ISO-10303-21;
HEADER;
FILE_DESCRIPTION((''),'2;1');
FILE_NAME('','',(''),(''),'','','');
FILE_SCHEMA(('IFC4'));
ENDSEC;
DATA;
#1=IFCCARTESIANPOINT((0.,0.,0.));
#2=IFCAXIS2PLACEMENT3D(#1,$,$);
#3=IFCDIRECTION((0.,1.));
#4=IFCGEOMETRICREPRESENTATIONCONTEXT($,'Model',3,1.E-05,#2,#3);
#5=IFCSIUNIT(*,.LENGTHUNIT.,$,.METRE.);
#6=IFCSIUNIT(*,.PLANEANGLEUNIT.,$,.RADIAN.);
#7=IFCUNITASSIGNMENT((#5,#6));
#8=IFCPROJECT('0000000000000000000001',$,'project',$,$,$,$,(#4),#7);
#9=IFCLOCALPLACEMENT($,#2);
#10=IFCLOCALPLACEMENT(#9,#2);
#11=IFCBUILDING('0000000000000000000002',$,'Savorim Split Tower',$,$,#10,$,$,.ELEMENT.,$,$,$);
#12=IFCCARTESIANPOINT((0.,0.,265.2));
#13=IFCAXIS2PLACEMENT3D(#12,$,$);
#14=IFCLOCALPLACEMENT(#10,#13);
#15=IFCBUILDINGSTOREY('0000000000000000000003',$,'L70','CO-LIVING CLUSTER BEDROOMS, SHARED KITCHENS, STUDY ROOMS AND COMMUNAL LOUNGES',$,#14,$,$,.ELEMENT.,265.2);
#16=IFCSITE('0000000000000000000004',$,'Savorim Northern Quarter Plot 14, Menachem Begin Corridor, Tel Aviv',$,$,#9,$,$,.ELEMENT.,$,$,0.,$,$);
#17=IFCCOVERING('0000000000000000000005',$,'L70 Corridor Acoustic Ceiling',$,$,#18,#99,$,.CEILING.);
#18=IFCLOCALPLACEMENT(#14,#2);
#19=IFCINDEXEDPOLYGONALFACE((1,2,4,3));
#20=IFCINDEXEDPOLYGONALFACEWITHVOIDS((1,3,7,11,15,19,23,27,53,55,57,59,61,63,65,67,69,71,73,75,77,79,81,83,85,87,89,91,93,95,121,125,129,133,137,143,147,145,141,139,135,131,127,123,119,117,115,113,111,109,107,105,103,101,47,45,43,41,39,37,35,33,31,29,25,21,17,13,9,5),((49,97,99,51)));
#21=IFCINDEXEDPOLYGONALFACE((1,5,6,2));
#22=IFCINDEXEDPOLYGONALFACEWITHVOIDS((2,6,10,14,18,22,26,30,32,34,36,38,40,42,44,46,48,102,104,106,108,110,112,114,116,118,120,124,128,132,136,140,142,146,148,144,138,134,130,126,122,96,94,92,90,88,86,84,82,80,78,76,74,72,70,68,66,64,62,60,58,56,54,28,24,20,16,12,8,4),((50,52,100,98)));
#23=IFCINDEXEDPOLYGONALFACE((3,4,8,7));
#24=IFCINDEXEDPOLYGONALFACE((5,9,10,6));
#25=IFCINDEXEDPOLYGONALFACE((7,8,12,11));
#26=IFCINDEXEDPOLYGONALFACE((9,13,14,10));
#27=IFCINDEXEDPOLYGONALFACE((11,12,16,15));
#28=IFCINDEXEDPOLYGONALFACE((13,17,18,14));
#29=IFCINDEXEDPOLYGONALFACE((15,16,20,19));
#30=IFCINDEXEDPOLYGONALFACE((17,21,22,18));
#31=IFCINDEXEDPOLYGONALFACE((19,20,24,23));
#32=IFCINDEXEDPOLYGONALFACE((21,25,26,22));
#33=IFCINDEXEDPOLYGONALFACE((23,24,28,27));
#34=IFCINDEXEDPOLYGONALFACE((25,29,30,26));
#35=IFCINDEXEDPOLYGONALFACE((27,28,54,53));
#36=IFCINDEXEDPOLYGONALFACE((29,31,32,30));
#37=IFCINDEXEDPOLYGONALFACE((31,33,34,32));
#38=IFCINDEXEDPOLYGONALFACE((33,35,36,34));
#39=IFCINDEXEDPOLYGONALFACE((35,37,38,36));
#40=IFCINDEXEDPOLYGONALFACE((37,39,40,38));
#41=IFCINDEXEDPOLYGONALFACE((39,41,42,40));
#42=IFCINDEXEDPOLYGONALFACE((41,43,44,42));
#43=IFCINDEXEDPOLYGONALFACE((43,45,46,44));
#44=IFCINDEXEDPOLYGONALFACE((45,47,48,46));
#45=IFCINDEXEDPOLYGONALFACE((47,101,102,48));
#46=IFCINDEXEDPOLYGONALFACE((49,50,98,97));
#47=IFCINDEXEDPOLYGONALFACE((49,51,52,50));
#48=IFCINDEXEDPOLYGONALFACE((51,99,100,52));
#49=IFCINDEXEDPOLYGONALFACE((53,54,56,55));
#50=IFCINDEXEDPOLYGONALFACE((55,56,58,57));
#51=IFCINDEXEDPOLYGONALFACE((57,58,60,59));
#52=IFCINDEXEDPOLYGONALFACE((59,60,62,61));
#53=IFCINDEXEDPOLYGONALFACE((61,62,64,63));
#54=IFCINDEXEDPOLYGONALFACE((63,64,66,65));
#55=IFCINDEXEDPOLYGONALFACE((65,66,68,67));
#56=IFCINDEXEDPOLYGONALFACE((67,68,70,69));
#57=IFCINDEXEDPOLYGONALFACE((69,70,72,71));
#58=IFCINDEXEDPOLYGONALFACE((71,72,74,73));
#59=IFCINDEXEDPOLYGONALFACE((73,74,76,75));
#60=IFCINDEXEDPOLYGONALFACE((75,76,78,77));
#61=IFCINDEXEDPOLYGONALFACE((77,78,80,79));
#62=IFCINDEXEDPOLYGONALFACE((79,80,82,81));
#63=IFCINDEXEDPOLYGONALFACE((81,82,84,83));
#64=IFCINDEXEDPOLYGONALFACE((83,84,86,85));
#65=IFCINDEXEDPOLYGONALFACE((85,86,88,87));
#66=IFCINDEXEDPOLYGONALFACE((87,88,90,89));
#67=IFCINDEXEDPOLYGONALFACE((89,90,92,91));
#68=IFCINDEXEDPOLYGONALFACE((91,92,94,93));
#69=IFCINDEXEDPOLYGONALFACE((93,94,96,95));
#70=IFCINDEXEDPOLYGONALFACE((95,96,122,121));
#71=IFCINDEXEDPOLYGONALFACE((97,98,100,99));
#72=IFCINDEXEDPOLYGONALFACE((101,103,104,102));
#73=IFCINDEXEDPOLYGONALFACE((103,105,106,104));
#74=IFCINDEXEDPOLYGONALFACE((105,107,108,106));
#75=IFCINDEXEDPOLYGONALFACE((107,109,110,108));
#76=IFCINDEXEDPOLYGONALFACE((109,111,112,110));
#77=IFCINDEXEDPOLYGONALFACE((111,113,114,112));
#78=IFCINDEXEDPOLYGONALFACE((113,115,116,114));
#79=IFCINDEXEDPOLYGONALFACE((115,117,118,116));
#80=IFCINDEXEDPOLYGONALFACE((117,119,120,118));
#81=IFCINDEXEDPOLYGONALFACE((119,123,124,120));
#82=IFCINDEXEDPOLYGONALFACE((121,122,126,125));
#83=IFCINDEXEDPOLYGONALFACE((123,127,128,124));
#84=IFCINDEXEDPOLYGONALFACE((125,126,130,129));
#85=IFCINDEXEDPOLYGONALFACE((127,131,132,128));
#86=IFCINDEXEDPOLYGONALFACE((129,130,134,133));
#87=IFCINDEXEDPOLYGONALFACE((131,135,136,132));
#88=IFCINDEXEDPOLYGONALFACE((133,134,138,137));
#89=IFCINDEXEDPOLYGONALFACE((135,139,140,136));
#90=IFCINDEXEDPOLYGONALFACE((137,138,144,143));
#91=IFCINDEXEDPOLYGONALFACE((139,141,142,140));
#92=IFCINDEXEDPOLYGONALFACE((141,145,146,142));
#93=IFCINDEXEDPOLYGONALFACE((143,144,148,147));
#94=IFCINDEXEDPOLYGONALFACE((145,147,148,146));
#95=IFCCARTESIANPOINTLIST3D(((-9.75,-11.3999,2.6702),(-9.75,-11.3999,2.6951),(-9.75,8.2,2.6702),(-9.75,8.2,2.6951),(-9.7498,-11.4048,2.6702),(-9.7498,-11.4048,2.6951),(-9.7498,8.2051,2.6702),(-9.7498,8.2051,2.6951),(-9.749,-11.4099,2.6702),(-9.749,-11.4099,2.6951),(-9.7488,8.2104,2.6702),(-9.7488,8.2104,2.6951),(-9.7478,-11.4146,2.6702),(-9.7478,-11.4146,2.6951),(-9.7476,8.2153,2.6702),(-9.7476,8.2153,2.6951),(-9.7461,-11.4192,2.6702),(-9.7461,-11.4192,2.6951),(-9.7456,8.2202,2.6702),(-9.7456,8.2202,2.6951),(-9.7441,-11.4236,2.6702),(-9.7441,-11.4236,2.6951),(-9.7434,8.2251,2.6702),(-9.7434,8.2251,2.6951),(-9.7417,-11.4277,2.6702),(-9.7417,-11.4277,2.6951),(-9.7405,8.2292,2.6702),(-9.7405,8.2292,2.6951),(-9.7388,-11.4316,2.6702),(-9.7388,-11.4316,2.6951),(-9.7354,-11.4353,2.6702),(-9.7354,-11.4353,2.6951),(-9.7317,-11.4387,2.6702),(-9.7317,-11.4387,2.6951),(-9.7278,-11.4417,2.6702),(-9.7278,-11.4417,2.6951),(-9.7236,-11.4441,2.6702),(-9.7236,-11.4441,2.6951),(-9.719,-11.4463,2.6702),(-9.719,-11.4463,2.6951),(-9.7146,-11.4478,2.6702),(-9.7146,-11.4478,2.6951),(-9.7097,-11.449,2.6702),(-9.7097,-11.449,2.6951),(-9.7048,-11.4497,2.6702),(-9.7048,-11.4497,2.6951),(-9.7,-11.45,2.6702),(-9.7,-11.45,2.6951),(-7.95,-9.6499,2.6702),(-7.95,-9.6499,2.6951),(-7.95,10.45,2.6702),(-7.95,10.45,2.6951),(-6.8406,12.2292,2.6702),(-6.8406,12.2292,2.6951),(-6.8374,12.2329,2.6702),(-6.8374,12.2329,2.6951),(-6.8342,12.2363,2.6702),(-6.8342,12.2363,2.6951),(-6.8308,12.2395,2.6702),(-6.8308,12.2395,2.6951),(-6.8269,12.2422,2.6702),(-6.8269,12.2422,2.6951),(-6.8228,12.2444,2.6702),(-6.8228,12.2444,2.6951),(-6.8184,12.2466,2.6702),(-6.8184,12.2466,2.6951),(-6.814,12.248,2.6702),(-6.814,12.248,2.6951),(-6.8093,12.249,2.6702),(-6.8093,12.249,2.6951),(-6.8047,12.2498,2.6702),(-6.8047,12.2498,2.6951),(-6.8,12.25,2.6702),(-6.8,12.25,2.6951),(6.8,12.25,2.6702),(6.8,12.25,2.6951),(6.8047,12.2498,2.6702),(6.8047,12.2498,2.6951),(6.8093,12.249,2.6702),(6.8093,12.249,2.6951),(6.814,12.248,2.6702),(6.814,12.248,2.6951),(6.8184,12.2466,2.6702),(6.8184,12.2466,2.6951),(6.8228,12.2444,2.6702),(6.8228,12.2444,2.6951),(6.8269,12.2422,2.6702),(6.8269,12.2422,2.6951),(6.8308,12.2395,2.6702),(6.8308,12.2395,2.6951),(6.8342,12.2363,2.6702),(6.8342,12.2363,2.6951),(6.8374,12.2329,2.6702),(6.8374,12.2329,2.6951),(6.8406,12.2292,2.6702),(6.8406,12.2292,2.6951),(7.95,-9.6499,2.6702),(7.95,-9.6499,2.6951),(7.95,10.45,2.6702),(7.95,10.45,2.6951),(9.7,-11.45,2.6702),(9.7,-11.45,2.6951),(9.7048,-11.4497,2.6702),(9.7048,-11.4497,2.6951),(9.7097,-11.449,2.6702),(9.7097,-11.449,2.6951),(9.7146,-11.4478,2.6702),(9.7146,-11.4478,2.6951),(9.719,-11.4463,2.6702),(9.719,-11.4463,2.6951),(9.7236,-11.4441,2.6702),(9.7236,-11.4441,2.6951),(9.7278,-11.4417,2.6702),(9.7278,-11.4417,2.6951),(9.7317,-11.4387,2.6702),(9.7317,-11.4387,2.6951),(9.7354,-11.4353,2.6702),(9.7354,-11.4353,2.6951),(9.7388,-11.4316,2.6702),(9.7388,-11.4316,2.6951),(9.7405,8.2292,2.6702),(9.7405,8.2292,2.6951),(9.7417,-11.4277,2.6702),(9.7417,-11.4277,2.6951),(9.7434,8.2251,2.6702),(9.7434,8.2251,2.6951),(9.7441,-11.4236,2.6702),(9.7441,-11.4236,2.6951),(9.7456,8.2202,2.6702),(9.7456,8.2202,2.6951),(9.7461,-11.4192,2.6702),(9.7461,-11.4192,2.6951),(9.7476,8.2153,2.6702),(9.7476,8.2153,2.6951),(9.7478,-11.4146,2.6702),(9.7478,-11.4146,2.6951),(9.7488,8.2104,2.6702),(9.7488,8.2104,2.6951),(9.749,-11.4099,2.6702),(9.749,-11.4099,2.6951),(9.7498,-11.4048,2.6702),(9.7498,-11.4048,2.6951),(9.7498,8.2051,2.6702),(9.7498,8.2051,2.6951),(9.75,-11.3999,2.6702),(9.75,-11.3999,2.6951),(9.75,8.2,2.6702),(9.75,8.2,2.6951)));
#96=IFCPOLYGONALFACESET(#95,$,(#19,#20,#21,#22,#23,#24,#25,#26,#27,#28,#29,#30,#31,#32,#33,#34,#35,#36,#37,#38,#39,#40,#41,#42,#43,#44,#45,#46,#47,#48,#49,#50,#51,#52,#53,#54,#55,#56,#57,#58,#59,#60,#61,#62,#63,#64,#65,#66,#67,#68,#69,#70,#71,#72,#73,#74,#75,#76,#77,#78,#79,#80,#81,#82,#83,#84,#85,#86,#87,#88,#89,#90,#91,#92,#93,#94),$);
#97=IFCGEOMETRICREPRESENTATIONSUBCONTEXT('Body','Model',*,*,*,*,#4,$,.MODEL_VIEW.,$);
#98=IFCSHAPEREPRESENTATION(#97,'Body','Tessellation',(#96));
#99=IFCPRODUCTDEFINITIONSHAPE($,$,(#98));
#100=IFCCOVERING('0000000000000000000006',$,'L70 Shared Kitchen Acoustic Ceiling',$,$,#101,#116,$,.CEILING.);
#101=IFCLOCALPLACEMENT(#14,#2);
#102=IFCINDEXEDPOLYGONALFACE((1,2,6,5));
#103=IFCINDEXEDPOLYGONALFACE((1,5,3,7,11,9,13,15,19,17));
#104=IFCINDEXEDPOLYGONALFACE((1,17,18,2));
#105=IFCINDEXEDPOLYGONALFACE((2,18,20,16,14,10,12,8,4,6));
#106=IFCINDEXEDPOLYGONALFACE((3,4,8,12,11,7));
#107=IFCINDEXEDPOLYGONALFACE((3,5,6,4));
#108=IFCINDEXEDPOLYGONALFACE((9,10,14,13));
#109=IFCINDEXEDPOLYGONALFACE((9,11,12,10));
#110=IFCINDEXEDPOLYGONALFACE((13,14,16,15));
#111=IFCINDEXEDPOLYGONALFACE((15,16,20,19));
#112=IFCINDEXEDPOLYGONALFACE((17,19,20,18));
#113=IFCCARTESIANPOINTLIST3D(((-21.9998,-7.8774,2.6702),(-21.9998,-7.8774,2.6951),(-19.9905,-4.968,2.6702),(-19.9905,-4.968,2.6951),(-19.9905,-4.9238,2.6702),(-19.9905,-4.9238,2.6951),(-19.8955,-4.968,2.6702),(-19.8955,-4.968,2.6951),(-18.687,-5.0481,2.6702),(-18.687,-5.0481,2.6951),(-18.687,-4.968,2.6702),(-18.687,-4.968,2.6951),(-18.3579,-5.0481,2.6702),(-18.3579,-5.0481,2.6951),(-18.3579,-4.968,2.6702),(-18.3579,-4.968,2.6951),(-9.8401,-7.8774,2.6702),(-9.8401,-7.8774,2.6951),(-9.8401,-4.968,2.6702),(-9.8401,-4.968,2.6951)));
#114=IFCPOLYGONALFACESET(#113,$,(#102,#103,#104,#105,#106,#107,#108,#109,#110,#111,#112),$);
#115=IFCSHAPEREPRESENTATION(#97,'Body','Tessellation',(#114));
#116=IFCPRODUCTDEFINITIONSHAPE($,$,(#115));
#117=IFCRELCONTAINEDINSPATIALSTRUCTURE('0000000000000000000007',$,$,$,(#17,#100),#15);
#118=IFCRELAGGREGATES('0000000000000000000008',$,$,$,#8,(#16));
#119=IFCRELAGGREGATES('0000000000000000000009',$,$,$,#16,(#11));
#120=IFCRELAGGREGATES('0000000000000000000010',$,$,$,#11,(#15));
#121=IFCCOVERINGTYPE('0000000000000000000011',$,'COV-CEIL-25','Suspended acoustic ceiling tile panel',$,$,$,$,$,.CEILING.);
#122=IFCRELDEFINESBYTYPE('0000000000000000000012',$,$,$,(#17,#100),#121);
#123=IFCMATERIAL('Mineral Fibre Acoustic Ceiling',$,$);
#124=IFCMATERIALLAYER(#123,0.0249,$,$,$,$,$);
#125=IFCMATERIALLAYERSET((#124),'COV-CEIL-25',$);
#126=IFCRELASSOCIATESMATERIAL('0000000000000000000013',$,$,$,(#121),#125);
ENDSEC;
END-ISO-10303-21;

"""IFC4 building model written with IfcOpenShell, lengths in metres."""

from ifc_helpers import new_model, si_unit, direction, frame, origin, place, context, subcontext, project, spatial, polyline, outline, extrude, material, layer, layer_set, type_object, element, save


model = new_model("IFC4")

# Units and contexts
model_context = context("Model", 3, precision=1e-05, world=origin(), true_north=direction((0.0, 1.0)))
body_context = subcontext(model_context, "Body", "Model", "MODEL_VIEW")
ifc_project = project(units=[si_unit("LENGTHUNIT", "METRE"), si_unit("PLANEANGLEUNIT", "RADIAN")], contexts=[model_context])

# Site, building, storey
site_placement = place(None, origin())
site = spatial("IfcSite", under=ifc_project, at=site_placement, Name="Savorim Northern Quarter Plot 14, Menachem Begin Corridor, Tel Aviv", CompositionType="ELEMENT", RefElevation=0.0)
building_placement = place(site_placement, origin())
building = spatial("IfcBuilding", under=site, at=building_placement, Name="Savorim Split Tower", CompositionType="ELEMENT")
storey_placement = place(building_placement, frame((0.0, 0.0, 265.2)))
storey = spatial("IfcBuildingStorey", under=building, at=storey_placement, Name="L70", Description="CO-LIVING CLUSTER BEDROOMS, SHARED KITCHENS, STUDY ROOMS AND COMMUNAL LOUNGES", CompositionType="ELEMENT", Elevation=265.2)

# Coverings
ifc_material_1 = material(Name="Mineral Fibre Acoustic Ceiling")
ifc_layer_1 = layer(ifc_material_1, 0.0249)
ifc_layer_set_1 = layer_set([ifc_layer_1], Name="COV-CEIL-25")
covering_type_1 = type_object("IfcCoveringType", Name="COV-CEIL-25", Description="Suspended acoustic ceiling tile panel", PredefinedType="CEILING", material=ifc_layer_set_1)
covering_1_placement = place(storey_placement, frame((0.0, 0.0, 2.6702)))
element("IfcCovering", 1, at=covering_1_placement, inside=storey, type_object=covering_type_1, Name="L70 Corridor Acoustic Ceiling", PredefinedType="CEILING", context=body_context, shape_type="SweptSolid", body=[
    extrude(outline(polyline([(6.8093, 12.249), (6.8047, 12.2498), (6.8, 12.25), (-6.8, 12.25), (-6.8047, 12.2498), (-6.8093, 12.249), (-6.814, 12.248), (-6.8184, 12.2466), (-6.8228, 12.2444), (-6.8269, 12.2422), (-6.8308, 12.2395), (-6.8342, 12.2363), (-6.8374, 12.2329), (-6.8406, 12.2292), (-9.7405, 8.2292), (-9.7434, 8.2251), (-9.7456, 8.2202), (-9.7476, 8.2153), (-9.7488, 8.2104), (-9.7498, 8.2051), (-9.75, 8.2), (-9.75, -11.3999), (-9.7498, -11.4048), (-9.749, -11.4099), (-9.7478, -11.4146), (-9.7461, -11.4192), (-9.7441, -11.4236), (-9.7417, -11.4277), (-9.7388, -11.4316), (-9.7354, -11.4353), (-9.7317, -11.4387), (-9.7278, -11.4417), (-9.7236, -11.4441), (-9.719, -11.4463), (-9.7146, -11.4478), (-9.7097, -11.449), (-9.7048, -11.4497), (-9.7, -11.45), (9.7, -11.45), (9.7048, -11.4497), (9.7097, -11.449), (9.7146, -11.4478), (9.719, -11.4463), (9.7236, -11.4441), (9.7278, -11.4417), (9.7317, -11.4387), (9.7354, -11.4353), (9.7388, -11.4316), (9.7417, -11.4277), (9.7441, -11.4236), (9.7461, -11.4192), (9.7478, -11.4146), (9.749, -11.4099), (9.7498, -11.4048), (9.75, -11.3999), (9.75, 8.2), (9.7498, 8.2051), (9.7488, 8.2104), (9.7476, 8.2153), (9.7456, 8.2202), (9.7434, 8.2251), (9.7405, 8.2292), (6.8406, 12.2292), (6.8374, 12.2329), (6.8342, 12.2363), (6.8308, 12.2395), (6.8269, 12.2422), (6.8228, 12.2444), (6.8184, 12.2466), (6.814, 12.248), (6.8093, 12.249)]), holes=[polyline([(-7.95, 10.45), (-7.95, -9.6499), (7.95, -9.6499), (7.95, 10.45), (-7.95, 10.45)])]), origin(), (0.0, 0.0, 1.0), 0.0249),
])
covering_2_placement = place(storey_placement, frame((0.0, 0.0, 2.6702)))
element("IfcCovering", 2, at=covering_2_placement, inside=storey, type_object=covering_type_1, Name="L70 Shared Kitchen Acoustic Ceiling", PredefinedType="CEILING", context=body_context, shape_type="SweptSolid", body=[
    extrude(outline(polyline([(-19.8955, -4.968), (-19.9905, -4.968), (-19.9905, -4.9238), (-21.9998, -7.8774), (-9.8401, -7.8774), (-9.8401, -4.968), (-18.3579, -4.968), (-18.3579, -5.0481), (-18.687, -5.0481), (-18.687, -4.968), (-19.8955, -4.968)])), origin(), (0.0, 0.0, 1.0), 0.0249),
])

save(model, "model.ifc")
